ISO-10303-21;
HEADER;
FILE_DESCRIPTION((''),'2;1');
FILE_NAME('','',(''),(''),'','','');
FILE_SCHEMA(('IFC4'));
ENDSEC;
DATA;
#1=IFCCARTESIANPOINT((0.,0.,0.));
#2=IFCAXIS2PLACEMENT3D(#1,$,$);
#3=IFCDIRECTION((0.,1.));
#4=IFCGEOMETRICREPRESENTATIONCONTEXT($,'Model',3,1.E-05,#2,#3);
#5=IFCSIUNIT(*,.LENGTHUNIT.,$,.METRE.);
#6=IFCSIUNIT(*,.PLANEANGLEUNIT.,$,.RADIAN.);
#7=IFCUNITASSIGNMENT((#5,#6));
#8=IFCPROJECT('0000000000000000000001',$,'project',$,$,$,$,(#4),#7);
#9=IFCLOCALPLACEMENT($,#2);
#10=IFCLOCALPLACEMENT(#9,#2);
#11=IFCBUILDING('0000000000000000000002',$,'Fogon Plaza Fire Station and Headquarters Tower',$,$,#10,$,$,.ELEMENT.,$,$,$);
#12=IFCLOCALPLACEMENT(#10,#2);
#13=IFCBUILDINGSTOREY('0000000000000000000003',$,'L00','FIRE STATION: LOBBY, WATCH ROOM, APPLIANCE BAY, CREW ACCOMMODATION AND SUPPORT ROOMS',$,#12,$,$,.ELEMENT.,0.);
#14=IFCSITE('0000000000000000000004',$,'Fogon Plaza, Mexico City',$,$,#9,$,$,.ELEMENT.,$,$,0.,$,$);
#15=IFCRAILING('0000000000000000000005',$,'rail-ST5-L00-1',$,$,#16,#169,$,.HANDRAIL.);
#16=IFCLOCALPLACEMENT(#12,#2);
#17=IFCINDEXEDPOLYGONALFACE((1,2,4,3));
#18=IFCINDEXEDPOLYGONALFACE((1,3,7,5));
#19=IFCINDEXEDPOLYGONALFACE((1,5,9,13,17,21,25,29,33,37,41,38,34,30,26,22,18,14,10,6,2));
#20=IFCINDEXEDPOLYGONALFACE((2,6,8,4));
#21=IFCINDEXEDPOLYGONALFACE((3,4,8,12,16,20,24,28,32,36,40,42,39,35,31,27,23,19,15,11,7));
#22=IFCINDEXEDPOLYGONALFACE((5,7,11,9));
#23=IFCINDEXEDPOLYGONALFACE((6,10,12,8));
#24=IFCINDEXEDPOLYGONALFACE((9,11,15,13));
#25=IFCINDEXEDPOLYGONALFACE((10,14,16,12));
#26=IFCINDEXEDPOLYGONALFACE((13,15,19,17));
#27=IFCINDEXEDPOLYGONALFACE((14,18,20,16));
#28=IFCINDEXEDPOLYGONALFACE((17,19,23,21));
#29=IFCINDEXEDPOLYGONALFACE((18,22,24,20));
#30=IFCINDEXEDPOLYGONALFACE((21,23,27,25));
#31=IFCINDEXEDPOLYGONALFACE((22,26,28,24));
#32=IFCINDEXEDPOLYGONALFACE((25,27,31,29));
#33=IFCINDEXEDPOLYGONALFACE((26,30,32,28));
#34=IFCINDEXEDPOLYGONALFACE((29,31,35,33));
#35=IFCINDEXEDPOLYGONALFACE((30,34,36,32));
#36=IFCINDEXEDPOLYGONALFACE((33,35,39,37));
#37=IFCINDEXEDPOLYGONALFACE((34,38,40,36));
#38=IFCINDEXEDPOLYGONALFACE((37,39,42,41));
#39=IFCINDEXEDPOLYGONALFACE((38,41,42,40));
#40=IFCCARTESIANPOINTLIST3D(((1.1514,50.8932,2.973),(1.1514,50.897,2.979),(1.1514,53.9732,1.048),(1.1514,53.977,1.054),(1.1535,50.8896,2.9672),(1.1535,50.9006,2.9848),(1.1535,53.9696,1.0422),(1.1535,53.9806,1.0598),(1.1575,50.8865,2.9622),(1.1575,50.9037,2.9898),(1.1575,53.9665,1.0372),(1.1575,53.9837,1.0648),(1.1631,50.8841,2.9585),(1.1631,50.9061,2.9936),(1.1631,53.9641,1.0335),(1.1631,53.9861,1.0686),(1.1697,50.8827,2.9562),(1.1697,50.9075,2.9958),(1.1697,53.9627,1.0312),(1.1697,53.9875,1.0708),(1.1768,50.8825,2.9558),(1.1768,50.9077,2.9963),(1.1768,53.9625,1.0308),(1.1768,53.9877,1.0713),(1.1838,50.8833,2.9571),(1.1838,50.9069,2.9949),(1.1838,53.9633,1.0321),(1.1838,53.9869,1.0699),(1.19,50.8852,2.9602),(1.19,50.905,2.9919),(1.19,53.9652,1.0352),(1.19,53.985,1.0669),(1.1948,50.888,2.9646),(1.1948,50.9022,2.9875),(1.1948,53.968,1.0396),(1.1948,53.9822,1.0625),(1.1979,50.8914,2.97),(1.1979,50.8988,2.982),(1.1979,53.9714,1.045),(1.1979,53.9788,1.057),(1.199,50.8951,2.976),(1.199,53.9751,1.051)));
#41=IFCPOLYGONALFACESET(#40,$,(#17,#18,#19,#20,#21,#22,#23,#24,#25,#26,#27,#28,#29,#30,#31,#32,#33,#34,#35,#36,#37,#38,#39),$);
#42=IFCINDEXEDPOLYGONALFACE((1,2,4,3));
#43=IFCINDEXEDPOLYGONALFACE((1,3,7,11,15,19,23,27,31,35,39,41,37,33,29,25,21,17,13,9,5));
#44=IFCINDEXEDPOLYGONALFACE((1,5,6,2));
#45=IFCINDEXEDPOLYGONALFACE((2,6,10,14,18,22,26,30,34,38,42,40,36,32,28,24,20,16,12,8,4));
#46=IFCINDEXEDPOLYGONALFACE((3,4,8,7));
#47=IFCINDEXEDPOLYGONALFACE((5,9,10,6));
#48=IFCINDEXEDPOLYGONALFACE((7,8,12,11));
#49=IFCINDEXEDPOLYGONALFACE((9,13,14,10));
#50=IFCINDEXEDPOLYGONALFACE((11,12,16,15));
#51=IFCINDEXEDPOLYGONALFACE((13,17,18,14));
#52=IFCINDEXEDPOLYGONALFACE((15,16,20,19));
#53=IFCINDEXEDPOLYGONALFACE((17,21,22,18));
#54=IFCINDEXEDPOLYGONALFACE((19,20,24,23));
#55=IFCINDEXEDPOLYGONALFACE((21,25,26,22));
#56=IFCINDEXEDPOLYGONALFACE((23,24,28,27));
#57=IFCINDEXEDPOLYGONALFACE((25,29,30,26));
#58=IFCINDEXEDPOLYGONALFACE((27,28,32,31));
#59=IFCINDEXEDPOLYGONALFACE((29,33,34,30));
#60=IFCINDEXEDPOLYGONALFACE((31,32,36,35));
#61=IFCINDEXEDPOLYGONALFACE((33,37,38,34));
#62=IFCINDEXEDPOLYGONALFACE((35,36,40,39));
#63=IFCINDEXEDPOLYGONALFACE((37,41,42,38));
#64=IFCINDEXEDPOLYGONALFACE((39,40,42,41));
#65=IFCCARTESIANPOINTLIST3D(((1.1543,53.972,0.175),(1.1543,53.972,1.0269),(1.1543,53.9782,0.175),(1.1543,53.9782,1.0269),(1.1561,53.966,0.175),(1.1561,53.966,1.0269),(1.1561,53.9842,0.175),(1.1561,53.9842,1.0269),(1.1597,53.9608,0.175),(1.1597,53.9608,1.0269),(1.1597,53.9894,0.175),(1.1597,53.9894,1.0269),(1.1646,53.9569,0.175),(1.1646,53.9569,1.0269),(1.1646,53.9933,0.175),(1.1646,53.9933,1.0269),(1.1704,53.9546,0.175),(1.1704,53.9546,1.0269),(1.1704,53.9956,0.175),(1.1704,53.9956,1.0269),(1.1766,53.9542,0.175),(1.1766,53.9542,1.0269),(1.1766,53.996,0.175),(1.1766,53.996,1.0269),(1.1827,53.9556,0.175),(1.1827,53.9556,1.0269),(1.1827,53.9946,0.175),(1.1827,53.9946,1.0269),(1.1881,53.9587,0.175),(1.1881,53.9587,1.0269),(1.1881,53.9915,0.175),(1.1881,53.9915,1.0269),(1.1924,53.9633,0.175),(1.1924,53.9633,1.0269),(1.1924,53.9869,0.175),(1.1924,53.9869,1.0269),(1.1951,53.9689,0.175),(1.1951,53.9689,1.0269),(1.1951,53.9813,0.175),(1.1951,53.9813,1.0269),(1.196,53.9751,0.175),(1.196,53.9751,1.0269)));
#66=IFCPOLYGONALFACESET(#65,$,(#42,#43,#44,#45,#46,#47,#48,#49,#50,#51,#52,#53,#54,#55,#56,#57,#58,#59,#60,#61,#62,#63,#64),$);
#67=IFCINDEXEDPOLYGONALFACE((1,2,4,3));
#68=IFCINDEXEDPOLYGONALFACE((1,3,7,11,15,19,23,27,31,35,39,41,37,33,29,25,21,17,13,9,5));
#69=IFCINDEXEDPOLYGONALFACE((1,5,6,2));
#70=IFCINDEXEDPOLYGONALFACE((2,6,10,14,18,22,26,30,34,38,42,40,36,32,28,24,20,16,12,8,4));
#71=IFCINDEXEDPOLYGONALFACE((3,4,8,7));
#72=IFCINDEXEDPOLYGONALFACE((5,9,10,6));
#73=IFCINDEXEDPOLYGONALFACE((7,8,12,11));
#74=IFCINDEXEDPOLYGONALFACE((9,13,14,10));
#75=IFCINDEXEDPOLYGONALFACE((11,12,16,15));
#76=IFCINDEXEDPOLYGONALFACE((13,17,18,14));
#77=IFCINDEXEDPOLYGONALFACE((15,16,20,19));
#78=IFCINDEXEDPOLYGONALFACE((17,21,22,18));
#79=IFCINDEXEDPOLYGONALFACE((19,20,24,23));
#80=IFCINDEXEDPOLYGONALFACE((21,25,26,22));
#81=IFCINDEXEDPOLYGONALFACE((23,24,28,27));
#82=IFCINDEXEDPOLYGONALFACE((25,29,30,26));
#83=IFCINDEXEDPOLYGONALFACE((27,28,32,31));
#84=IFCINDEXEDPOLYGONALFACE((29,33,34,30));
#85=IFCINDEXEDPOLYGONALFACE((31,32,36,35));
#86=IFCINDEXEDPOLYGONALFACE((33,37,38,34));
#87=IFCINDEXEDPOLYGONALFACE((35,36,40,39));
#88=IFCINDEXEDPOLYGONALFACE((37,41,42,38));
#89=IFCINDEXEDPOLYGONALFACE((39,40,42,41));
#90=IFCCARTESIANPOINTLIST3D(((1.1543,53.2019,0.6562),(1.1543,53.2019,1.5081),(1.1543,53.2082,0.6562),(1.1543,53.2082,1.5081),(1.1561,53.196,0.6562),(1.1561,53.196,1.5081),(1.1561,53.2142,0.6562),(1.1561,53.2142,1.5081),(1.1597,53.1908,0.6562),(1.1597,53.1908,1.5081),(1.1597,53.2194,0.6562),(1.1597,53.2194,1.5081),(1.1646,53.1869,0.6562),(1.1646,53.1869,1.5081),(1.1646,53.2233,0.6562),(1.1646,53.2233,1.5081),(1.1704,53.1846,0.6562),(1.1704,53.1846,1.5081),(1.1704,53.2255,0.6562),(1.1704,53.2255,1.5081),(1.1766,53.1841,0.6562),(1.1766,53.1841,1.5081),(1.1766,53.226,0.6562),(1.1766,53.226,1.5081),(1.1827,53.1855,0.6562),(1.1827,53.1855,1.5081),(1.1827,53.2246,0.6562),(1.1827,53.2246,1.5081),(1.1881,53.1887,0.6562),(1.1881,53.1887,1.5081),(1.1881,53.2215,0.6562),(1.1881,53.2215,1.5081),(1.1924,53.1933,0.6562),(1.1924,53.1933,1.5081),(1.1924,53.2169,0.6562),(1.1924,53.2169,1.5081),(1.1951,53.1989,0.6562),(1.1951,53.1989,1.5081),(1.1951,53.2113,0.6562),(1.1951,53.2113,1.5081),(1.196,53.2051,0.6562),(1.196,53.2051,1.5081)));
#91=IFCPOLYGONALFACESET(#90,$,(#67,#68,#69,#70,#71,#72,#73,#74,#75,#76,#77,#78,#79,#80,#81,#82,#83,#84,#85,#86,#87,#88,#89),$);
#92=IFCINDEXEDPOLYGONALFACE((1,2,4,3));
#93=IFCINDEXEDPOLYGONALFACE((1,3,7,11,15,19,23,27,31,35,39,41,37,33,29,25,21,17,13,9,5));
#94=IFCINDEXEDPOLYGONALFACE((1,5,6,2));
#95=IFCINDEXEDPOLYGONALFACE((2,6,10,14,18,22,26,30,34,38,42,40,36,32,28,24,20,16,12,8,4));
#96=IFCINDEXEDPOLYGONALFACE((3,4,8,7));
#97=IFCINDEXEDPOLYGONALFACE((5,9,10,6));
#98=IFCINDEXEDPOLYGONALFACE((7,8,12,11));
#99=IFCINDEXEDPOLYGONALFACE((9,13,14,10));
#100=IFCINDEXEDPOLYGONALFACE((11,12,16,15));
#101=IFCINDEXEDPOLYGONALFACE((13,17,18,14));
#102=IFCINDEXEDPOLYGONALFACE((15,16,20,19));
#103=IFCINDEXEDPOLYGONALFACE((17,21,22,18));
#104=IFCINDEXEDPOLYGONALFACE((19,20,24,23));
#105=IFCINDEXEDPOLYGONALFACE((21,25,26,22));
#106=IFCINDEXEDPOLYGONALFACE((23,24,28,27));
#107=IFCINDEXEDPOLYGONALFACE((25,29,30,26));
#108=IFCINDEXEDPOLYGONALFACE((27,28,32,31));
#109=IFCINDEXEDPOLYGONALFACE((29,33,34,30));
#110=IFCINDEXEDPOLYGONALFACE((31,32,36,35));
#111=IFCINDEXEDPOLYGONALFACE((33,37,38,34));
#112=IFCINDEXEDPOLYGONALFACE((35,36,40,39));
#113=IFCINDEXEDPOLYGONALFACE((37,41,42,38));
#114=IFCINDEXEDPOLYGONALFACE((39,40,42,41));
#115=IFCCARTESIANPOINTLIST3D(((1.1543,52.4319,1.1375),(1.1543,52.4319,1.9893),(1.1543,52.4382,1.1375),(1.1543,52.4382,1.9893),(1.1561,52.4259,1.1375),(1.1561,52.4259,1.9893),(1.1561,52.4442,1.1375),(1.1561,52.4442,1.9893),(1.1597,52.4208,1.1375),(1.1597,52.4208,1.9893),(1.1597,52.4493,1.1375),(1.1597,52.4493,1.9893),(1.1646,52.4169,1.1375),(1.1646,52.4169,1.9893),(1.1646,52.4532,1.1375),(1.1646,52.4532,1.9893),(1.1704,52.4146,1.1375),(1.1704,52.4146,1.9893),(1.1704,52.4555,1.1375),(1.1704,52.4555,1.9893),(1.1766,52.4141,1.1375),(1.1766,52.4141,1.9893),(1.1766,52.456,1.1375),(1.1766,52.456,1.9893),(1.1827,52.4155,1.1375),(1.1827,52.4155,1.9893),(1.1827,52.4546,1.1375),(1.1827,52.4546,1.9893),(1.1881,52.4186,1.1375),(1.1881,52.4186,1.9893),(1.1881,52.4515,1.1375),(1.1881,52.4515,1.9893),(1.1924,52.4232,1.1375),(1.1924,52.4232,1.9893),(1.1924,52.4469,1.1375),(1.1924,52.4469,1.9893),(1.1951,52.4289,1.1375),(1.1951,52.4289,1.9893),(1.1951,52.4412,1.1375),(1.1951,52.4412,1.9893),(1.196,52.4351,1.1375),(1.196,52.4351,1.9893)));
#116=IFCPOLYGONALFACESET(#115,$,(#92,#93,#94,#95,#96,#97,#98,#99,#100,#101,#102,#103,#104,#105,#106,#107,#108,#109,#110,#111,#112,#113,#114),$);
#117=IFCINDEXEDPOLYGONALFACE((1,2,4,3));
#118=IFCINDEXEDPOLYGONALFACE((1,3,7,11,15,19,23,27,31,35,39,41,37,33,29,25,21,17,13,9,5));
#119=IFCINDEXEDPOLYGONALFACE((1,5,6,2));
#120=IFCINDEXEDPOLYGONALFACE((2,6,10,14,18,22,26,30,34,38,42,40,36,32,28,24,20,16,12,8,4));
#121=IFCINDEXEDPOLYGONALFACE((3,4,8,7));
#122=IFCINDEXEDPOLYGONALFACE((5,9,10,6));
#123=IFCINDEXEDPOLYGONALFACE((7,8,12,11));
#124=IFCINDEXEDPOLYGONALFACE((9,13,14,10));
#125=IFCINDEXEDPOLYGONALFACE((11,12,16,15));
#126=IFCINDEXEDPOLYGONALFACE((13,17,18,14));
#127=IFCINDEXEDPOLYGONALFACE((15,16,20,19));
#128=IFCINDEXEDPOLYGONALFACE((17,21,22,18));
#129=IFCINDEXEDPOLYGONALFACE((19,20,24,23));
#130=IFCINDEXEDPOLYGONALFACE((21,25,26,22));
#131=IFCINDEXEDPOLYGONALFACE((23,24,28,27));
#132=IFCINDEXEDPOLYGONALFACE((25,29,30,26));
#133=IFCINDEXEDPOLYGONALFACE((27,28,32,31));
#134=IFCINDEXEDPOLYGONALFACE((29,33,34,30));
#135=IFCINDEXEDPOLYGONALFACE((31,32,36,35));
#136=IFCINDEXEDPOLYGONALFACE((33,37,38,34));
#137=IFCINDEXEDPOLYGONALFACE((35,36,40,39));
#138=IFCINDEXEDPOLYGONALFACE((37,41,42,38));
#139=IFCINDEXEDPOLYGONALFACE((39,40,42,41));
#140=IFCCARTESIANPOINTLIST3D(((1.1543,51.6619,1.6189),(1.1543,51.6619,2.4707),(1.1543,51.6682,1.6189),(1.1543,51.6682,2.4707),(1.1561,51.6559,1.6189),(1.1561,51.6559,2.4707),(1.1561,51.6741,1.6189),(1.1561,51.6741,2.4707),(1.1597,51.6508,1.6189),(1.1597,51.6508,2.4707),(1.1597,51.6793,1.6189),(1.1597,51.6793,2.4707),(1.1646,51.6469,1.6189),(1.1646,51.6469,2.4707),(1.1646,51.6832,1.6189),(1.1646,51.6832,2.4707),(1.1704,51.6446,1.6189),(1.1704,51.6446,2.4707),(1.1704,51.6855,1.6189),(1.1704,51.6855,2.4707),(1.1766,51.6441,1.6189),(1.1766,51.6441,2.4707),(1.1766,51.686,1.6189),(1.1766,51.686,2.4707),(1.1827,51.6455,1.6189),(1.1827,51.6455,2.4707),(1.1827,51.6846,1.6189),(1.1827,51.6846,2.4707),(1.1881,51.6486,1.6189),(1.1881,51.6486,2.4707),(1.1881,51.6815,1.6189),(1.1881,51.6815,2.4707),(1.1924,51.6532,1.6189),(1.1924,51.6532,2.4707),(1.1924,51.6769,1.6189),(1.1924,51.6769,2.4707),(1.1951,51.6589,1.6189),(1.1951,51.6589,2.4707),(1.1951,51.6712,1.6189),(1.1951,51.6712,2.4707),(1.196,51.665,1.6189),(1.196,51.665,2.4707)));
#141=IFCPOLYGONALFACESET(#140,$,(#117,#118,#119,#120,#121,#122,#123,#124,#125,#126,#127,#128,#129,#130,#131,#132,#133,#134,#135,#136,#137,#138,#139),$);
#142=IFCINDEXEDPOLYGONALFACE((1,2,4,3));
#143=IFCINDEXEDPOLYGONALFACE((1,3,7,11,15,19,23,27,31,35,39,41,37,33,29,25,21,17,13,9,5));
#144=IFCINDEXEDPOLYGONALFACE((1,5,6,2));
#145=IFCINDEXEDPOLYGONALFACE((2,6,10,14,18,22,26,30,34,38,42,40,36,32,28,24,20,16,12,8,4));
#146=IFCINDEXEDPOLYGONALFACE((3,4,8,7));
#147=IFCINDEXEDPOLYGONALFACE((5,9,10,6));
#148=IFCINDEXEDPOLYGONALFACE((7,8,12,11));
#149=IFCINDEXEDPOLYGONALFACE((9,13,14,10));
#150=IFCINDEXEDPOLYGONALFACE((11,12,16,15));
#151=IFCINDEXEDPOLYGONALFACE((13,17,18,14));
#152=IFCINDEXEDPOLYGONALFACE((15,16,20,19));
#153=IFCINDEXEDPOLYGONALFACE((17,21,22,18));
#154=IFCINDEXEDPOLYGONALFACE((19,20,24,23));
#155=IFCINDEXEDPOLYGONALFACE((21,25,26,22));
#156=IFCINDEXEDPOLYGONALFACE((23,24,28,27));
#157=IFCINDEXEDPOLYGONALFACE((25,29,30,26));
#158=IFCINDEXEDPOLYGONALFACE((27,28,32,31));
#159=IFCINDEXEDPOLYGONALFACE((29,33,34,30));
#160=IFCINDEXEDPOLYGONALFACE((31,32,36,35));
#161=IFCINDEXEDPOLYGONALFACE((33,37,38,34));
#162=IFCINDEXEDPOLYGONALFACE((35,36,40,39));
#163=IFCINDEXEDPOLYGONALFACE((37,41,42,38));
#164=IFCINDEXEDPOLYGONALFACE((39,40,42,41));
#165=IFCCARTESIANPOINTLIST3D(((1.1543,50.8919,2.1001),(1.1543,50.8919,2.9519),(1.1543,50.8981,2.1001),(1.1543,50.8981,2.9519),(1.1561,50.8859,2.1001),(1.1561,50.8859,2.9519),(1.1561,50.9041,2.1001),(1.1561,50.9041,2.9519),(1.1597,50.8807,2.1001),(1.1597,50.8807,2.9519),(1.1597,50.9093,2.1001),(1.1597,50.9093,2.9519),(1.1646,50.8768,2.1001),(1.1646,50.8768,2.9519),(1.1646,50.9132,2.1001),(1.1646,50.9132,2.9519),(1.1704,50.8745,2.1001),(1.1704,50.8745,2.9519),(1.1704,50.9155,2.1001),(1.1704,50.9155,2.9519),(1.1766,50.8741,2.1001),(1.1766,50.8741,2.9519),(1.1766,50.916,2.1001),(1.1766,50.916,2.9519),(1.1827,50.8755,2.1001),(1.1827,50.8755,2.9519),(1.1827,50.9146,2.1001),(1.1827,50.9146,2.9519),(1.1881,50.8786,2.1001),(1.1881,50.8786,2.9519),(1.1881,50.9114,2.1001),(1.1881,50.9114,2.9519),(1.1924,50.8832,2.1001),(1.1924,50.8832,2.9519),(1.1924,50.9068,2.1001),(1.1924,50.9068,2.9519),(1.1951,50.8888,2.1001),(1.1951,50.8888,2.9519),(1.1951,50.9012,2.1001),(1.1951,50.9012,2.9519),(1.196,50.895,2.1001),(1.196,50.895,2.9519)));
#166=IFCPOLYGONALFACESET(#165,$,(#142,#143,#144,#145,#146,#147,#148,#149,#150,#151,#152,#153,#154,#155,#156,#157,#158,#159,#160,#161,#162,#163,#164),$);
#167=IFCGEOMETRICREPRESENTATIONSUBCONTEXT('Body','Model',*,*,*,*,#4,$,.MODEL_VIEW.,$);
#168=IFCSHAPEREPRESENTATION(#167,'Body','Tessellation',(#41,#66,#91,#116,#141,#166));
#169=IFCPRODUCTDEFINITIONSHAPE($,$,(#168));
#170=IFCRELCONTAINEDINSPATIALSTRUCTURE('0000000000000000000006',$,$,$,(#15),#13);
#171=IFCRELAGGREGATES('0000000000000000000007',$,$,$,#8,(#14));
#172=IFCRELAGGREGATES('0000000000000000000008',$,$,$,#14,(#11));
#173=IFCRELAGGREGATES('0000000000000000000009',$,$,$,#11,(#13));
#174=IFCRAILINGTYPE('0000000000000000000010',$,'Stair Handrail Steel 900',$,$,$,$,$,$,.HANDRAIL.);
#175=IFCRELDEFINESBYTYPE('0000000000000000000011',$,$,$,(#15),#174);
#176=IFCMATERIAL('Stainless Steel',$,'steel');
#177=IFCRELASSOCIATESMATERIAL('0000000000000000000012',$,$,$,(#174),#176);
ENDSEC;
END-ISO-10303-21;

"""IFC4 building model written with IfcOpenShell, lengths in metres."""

from ifc_helpers import new_model, si_unit, direction, frame, origin, origin_2d, place, context, subcontext, project, spatial, circle, extrude, material, type_object, element, save


model = new_model("IFC4")

# Units and contexts
model_context = context("Model", 3, precision=1e-05, world=origin(), true_north=direction((0.0, 1.0)))
body_context = subcontext(model_context, "Body", "Model", "MODEL_VIEW")
ifc_project = project(units=[si_unit("LENGTHUNIT", "METRE"), si_unit("PLANEANGLEUNIT", "RADIAN")], contexts=[model_context])

# Site, building, storey
site_placement = place(None, origin())
site = spatial("IfcSite", under=ifc_project, at=site_placement, Name="Fogon Plaza, Mexico City", CompositionType="ELEMENT", RefElevation=0.0)
building_placement = place(site_placement, origin())
building = spatial("IfcBuilding", under=site, at=building_placement, Name="Fogon Plaza Fire Station and Headquarters Tower", CompositionType="ELEMENT")
storey_placement = place(building_placement, origin())
storey = spatial("IfcBuildingStorey", under=building, at=storey_placement, Name="L00", Description="FIRE STATION: LOBBY, WATCH ROOM, APPLIANCE BAY, CREW ACCOMMODATION AND SUPPORT ROOMS", CompositionType="ELEMENT", Elevation=0.0)

# Railing
ifc_material_1 = material(Name="Stainless Steel", Category="steel")
railing_type_1 = type_object("IfcRailingType", Name="Stair Handrail Steel 900", PredefinedType="HANDRAIL", material=ifc_material_1)
for number, where, name in (
    (1, (1.175, 53.9751, 0.175), "rail-ST5-L00-1"),
):
    element("IfcRailing", number, at=place(storey_placement, frame(where)), inside=storey, type_object=railing_type_1, Name=name, PredefinedType="HANDRAIL", context=body_context, shape_type="SweptSolid", body=[
        extrude(circle(Radius=0.0239, at=origin_2d()), frame((0.0, 0.0, 0.876), z_axis=(0.0, -0.847998, 0.529999), x_axis=(1.0, 0.0, 0.0)), (0.0, 0.0, 1.0), 3.6321),
        extrude(circle(Radius=0.021, at=origin_2d()), origin(), (0.0, 0.0, 1.0), 0.8518),
        extrude(circle(Radius=0.021, at=origin_2d()), frame((0.0, -0.77, 0.4812)), (0.0, 0.0, 1.0), 0.8518),
        extrude(circle(Radius=0.021, at=origin_2d()), frame((0.0, -1.54, 0.9624)), (0.0, 0.0, 1.0), 0.8518),
        extrude(circle(Radius=0.021, at=origin_2d()), frame((0.0, -2.3101, 1.4438)), (0.0, 0.0, 1.0), 0.8518),
        extrude(circle(Radius=0.021, at=origin_2d()), frame((0.0, -3.0801, 1.925)), (0.0, 0.0, 1.0), 0.8518),
    ])

save(model, "model.ifc")
